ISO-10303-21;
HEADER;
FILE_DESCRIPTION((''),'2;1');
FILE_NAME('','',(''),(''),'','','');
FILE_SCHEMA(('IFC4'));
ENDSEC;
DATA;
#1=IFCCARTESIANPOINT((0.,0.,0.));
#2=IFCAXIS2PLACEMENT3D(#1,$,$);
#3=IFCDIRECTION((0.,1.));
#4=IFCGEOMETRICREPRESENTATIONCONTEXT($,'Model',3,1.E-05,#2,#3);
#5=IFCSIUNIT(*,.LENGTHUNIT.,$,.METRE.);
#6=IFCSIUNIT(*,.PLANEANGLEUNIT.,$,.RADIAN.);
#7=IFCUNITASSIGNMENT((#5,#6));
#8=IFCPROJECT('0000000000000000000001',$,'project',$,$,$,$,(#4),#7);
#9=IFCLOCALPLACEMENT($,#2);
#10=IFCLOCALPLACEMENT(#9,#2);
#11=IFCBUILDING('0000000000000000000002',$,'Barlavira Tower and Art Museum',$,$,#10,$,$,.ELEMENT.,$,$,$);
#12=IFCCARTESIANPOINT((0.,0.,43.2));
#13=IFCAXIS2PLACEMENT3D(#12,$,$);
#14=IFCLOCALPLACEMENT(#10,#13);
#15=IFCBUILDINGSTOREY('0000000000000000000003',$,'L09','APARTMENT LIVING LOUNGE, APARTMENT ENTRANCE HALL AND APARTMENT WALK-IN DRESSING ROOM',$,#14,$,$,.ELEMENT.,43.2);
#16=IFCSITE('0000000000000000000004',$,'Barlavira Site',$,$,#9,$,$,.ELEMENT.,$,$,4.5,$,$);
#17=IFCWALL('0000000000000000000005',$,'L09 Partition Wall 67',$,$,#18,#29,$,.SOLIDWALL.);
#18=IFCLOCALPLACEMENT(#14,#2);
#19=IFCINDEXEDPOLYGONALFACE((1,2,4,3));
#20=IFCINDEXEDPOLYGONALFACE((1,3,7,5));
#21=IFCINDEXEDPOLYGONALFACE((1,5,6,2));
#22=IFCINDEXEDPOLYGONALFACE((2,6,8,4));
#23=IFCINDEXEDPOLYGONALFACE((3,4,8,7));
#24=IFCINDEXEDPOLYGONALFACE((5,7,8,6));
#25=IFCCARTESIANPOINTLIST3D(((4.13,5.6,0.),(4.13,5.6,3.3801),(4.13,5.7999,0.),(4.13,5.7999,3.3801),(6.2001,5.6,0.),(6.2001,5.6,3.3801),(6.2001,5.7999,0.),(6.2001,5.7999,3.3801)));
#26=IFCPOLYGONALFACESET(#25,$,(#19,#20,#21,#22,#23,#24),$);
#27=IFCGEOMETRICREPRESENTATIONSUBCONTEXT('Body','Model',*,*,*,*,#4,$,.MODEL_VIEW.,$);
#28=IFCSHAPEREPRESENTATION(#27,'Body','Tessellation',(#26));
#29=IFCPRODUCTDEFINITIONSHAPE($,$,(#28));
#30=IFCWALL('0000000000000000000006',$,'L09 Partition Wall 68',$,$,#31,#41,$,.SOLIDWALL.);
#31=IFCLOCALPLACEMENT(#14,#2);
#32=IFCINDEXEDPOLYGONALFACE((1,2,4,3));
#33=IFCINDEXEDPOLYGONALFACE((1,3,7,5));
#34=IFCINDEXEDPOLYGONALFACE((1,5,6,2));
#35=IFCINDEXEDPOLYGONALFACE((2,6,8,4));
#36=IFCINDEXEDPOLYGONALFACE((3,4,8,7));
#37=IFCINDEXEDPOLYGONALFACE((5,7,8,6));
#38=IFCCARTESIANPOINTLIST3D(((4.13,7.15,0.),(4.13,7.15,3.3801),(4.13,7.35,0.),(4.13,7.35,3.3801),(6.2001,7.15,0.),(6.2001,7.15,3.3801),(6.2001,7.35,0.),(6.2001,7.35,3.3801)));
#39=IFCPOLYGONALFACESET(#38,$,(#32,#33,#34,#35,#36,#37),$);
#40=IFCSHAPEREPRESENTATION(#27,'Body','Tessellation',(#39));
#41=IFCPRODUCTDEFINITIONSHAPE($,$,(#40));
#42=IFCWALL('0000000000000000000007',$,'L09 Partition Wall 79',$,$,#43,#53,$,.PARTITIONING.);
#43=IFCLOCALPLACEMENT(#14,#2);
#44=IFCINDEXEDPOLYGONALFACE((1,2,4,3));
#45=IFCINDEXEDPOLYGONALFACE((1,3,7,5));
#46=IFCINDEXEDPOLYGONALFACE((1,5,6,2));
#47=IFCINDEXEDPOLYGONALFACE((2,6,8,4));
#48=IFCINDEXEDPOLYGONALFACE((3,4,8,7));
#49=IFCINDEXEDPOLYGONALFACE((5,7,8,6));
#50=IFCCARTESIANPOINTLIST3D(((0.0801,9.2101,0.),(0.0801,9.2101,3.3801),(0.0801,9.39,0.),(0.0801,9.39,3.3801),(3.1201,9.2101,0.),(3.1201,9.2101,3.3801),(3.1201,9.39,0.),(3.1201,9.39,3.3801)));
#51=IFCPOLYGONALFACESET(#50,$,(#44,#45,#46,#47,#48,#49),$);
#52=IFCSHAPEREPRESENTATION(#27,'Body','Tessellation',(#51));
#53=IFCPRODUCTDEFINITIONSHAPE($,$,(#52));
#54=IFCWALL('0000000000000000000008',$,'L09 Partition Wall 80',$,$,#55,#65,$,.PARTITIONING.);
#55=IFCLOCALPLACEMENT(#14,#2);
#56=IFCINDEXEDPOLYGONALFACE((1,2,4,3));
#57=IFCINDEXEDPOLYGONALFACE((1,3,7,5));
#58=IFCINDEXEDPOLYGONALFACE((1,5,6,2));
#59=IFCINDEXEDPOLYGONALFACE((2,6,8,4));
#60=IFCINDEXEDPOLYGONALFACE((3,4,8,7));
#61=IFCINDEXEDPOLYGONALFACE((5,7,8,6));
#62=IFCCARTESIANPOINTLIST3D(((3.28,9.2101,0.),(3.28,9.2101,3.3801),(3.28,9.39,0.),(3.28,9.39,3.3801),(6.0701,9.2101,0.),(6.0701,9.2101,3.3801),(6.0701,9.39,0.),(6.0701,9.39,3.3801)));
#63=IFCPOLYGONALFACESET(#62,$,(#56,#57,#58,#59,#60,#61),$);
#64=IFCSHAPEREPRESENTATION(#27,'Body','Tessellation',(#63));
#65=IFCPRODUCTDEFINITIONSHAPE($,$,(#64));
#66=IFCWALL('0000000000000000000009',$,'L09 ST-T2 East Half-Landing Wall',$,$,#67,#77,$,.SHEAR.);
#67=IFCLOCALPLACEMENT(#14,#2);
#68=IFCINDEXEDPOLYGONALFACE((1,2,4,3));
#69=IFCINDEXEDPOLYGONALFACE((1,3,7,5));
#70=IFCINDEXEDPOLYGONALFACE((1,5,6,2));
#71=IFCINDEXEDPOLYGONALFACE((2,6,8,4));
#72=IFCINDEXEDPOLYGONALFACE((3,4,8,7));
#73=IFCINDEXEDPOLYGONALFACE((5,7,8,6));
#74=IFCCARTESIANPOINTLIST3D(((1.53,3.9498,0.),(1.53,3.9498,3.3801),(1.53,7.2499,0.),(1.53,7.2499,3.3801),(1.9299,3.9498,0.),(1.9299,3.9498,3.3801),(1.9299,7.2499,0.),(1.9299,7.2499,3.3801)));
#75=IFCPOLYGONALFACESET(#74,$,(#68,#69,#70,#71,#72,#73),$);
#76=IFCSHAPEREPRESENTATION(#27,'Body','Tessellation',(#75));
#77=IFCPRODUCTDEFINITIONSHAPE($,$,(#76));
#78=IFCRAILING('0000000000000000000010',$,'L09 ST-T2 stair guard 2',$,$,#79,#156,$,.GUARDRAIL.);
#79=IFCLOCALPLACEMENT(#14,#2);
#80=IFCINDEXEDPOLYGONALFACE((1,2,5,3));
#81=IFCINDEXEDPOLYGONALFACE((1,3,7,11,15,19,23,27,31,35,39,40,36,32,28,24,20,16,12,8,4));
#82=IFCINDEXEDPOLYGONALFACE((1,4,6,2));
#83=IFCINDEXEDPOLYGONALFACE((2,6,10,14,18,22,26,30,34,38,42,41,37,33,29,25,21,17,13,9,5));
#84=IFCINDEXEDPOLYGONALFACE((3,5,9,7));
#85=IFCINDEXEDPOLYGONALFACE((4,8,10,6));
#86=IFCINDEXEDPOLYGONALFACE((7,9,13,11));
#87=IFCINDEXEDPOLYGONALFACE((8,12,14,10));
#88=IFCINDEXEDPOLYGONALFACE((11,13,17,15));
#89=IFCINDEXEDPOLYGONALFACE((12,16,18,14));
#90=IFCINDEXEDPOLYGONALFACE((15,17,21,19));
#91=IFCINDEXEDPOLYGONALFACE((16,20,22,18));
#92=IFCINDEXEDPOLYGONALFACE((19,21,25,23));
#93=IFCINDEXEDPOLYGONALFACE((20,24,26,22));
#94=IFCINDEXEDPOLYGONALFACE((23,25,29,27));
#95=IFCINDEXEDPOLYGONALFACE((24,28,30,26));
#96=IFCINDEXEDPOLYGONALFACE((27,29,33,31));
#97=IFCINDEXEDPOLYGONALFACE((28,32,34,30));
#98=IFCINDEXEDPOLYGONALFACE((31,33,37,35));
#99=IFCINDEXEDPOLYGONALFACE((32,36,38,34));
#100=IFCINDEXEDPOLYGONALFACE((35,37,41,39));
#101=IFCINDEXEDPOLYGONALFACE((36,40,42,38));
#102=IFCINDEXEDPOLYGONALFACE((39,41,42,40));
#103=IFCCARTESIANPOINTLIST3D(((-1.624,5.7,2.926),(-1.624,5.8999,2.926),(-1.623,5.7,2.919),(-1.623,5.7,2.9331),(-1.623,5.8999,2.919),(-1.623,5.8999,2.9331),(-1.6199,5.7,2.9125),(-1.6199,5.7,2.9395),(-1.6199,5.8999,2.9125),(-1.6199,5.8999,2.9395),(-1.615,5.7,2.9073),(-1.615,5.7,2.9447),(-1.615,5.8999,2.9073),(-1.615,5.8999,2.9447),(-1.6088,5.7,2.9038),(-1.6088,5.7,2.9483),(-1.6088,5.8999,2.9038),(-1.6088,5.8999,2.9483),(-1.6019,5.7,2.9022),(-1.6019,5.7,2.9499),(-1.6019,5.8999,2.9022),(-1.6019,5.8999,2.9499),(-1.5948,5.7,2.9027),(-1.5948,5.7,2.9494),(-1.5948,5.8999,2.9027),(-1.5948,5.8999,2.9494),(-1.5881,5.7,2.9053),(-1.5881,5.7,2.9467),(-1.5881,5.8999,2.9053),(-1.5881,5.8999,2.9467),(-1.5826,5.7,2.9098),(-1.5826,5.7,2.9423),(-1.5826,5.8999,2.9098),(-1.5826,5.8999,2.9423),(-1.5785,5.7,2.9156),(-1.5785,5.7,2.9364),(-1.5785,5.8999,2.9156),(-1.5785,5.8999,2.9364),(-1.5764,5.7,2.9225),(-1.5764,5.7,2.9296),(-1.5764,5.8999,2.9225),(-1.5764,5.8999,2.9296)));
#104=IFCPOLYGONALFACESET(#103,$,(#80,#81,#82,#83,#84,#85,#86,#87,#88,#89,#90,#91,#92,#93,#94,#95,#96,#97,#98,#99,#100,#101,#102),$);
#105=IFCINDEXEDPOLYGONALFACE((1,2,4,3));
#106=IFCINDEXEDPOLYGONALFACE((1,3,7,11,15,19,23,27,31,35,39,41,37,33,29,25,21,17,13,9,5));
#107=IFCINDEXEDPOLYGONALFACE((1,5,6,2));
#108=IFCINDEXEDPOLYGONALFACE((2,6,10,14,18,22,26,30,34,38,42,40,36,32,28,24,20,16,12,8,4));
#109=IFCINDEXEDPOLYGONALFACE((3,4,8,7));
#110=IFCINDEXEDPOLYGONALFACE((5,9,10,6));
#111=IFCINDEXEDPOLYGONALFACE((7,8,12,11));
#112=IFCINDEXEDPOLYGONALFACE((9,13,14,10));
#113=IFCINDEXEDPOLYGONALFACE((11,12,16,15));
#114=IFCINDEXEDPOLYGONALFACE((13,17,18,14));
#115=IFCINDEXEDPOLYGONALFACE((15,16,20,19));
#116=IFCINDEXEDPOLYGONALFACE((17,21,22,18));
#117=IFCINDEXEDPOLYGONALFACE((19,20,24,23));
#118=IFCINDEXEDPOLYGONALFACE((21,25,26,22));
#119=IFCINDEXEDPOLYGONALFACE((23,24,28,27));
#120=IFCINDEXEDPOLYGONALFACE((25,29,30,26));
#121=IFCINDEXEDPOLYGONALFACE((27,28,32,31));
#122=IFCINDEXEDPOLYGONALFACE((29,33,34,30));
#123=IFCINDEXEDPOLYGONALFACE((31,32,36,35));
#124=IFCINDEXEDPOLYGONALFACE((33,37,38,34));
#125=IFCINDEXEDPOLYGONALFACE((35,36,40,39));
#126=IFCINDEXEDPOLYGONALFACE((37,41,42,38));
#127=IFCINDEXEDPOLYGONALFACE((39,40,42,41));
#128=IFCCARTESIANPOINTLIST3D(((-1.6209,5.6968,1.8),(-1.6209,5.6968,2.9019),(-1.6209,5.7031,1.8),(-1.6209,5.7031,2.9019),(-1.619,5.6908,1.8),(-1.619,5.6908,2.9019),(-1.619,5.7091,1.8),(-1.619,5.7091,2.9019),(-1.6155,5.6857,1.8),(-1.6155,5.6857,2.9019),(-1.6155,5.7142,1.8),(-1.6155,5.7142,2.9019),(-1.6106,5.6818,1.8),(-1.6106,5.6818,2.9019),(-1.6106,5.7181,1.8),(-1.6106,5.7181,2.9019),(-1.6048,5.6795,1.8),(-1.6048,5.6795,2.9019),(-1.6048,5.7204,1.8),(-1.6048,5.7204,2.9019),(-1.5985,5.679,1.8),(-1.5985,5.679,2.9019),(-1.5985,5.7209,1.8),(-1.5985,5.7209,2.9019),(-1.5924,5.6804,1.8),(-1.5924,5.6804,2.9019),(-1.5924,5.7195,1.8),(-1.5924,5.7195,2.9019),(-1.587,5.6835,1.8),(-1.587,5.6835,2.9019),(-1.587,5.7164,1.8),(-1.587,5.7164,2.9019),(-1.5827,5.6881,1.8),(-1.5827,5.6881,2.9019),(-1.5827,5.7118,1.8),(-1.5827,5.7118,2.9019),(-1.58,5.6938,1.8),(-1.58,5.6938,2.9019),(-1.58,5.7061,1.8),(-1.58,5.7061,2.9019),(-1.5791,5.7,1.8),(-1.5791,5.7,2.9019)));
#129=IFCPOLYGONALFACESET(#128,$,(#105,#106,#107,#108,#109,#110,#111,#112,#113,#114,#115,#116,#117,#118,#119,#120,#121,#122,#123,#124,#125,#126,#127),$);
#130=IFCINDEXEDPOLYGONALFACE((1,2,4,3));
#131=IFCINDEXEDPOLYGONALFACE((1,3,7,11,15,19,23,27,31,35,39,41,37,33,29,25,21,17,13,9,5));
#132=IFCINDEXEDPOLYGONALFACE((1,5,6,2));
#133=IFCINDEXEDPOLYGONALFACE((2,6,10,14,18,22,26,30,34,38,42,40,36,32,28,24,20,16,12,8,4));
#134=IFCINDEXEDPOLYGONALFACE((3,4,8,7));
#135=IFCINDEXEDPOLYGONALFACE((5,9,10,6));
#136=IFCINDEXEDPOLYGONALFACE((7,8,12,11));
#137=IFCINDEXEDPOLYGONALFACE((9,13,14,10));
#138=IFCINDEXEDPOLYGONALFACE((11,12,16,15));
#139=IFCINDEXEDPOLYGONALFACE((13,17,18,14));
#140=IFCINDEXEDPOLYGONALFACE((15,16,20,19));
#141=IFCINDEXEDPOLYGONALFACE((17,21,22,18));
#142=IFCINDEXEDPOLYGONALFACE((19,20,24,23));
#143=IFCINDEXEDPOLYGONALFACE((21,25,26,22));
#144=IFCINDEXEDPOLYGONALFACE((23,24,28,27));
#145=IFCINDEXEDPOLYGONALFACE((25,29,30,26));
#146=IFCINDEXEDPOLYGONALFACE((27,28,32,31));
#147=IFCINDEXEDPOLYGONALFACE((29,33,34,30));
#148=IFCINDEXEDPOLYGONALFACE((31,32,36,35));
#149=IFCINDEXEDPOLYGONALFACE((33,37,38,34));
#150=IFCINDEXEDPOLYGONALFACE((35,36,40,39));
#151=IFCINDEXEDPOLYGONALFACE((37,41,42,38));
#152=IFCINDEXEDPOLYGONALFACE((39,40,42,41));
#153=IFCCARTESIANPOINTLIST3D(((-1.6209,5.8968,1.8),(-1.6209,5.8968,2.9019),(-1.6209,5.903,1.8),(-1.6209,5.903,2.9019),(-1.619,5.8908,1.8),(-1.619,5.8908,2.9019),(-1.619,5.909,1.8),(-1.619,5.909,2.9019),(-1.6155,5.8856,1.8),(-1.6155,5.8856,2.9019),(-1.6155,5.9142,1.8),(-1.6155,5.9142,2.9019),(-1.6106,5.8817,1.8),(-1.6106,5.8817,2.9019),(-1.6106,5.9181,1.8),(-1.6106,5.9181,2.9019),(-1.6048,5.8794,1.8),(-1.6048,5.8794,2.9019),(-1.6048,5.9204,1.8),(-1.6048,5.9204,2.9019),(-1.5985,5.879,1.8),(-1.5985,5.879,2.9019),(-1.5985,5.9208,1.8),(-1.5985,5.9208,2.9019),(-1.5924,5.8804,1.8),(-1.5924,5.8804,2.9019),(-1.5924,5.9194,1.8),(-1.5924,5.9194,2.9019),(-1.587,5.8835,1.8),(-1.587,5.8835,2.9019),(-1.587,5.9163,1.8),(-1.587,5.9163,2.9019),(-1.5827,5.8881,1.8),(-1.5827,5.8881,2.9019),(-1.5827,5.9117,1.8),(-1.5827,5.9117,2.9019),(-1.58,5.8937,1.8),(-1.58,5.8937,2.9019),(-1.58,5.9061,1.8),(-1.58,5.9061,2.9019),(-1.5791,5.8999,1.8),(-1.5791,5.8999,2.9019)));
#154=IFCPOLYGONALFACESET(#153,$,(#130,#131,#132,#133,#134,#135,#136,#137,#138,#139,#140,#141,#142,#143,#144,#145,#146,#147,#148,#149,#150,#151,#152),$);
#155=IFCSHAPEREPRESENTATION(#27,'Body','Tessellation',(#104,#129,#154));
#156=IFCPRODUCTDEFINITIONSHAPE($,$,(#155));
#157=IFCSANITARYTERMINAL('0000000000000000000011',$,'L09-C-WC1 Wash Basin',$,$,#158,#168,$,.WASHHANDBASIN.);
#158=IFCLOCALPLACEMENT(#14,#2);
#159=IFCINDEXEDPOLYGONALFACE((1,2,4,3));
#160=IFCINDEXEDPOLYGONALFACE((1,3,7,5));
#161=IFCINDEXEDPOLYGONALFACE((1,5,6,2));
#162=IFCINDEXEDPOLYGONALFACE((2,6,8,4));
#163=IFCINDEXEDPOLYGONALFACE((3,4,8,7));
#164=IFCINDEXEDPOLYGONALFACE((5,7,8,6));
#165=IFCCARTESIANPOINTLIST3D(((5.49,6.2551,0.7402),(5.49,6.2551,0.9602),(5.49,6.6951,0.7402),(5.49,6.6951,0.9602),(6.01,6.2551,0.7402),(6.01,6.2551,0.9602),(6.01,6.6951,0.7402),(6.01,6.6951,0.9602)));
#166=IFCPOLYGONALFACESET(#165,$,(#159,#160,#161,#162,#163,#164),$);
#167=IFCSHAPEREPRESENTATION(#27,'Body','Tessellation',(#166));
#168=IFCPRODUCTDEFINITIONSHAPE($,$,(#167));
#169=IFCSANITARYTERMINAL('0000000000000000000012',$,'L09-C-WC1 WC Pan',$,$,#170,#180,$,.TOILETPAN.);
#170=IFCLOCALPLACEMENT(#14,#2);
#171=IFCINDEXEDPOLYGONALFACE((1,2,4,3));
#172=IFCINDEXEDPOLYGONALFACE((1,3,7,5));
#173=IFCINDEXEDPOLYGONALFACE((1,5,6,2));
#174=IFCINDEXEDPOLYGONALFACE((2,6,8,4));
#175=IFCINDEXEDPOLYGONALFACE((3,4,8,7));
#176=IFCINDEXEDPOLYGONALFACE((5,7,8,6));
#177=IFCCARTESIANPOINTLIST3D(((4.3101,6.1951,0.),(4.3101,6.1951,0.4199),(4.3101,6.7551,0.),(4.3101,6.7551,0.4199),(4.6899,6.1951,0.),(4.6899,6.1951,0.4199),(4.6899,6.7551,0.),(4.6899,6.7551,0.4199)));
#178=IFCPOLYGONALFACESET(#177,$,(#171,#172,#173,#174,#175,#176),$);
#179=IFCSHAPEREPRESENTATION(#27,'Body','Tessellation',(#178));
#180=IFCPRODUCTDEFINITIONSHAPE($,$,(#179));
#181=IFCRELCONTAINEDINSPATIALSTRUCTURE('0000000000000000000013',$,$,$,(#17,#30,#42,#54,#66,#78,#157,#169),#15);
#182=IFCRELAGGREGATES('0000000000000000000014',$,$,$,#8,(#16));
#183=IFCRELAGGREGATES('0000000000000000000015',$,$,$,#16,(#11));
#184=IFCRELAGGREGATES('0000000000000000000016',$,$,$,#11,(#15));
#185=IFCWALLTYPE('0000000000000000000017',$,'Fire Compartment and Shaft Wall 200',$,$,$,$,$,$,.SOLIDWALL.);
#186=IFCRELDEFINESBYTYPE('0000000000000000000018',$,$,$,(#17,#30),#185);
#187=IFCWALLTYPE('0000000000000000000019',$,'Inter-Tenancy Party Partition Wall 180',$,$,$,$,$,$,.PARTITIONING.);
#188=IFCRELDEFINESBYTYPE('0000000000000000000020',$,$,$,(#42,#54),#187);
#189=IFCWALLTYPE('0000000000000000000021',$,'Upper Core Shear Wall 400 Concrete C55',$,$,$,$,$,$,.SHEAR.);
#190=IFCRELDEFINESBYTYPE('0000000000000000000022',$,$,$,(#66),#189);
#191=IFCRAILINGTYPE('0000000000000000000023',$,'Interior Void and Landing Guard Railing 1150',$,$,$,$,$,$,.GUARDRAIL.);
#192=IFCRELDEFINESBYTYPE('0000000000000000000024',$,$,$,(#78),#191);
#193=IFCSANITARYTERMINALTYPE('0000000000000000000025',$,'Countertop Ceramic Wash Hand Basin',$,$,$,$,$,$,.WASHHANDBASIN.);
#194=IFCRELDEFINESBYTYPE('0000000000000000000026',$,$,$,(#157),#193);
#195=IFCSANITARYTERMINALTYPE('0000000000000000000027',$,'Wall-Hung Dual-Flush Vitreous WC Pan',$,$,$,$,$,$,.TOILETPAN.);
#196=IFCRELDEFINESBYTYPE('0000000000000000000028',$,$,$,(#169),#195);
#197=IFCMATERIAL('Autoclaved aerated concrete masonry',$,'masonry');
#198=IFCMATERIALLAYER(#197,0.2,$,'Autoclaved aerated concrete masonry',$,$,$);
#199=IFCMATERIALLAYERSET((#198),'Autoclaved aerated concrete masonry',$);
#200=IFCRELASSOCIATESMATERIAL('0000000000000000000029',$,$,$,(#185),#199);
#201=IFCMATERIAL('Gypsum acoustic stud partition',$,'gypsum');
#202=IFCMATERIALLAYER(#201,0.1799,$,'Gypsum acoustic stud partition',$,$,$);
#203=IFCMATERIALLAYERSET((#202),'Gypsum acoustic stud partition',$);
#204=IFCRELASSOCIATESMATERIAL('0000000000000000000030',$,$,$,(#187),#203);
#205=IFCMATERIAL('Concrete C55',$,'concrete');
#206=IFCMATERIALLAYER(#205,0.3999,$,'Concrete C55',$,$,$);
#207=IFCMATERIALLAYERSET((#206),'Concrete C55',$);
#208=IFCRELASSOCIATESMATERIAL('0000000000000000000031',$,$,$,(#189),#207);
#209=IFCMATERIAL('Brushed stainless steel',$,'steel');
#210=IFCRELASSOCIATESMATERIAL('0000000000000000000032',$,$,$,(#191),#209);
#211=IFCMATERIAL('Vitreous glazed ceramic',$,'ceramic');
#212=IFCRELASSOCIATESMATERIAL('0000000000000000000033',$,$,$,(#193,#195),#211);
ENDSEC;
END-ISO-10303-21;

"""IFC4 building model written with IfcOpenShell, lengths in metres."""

from ifc_helpers import new_model, si_unit, direction, frame, frame_2d, origin, origin_2d, place, context, subcontext, project, spatial, rectangle, circle, extrude, material, layer, layer_set, type_object, element, save


model = new_model("IFC4")

# Units and contexts
model_context = context("Model", 3, precision=1e-05, world=origin(), true_north=direction((0.0, 1.0)))
body_context = subcontext(model_context, "Body", "Model", "MODEL_VIEW")
ifc_project = project(units=[si_unit("LENGTHUNIT", "METRE"), si_unit("PLANEANGLEUNIT", "RADIAN")], contexts=[model_context])

# Site, building, storey
site_placement = place(None, origin())
site = spatial("IfcSite", under=ifc_project, at=site_placement, Name="Barlavira Site", CompositionType="ELEMENT", RefElevation=4.5)
building_placement = place(site_placement, origin())
building = spatial("IfcBuilding", under=site, at=building_placement, Name="Barlavira Tower and Art Museum", CompositionType="ELEMENT")
storey_placement = place(building_placement, frame((0.0, 0.0, 43.2)))
storey = spatial("IfcBuildingStorey", under=building, at=storey_placement, Name="L09", Description="APARTMENT LIVING LOUNGE, APARTMENT ENTRANCE HALL AND APARTMENT WALK-IN DRESSING ROOM", CompositionType="ELEMENT", Elevation=43.2)

# Shared definitions
ifc_material_1 = material(Name="Gypsum acoustic stud partition", Category="gypsum")

# Shared definitions
ifc_material_2 = material(Name="Autoclaved aerated concrete masonry", Category="masonry")
ifc_layer_1 = layer(ifc_material_2, 0.2, Name="Autoclaved aerated concrete masonry")
ifc_layer_set_1 = layer_set([ifc_layer_1], Name="Autoclaved aerated concrete masonry")
wall_type_1 = type_object("IfcWallType", Name="Fire Compartment and Shaft Wall 200", PredefinedType="SOLIDWALL", material=ifc_layer_set_1)

# Shared definitions
ifc_material_3 = material(Name="Brushed stainless steel", Category="steel")

# Walls
for number, where, z_axis, x_axis, name in (
    (1, (4.1299, 5.7, 0.0), (0.0, 0.0, 1.0), (1.0, 0.0, 0.0), "L09 Partition Wall 67"),
    (2, (4.1299, 7.25, 0.0), (0.0, 0.0, 1.0), (1.0, 0.0, 0.0), "L09 Partition Wall 68"),
):
    element("IfcWall", number, at=place(storey_placement, frame(where, z_axis=z_axis, x_axis=x_axis)), inside=storey, type_object=wall_type_1, Name=name, PredefinedType="SOLIDWALL", context=body_context, shape_type="SweptSolid", body=[
        extrude(rectangle(XDim=2.0701, YDim=0.2, at=frame_2d((1.0352, 0.0))), origin(), (0.0, 0.0, 1.0), 3.3801),
    ])
ifc_layer_2 = layer(ifc_material_1, 0.1799, Name="Gypsum acoustic stud partition")
ifc_layer_set_2 = layer_set([ifc_layer_2], Name="Gypsum acoustic stud partition")
wall_type_2 = type_object("IfcWallType", Name="Inter-Tenancy Party Partition Wall 180", PredefinedType="PARTITIONING", material=ifc_layer_set_2)
wall_1_placement = place(storey_placement, frame((0.0801, 9.3, 0.0), z_axis=(0.0, 0.0, 1.0), x_axis=(1.0, 0.0, 0.0)))
element("IfcWall", 3, at=wall_1_placement, inside=storey, type_object=wall_type_2, Name="L09 Partition Wall 79", PredefinedType="PARTITIONING", context=body_context, shape_type="SweptSolid", body=[
    extrude(rectangle(XDim=3.04, YDim=0.1799, at=frame_2d((1.52, 0.0))), origin(), (0.0, 0.0, 1.0), 3.3801),
])
wall_2_placement = place(storey_placement, frame((3.28, 9.3, 0.0), z_axis=(0.0, 0.0, 1.0), x_axis=(1.0, 0.0, 0.0)))
element("IfcWall", 4, at=wall_2_placement, inside=storey, type_object=wall_type_2, Name="L09 Partition Wall 80", PredefinedType="PARTITIONING", context=body_context, shape_type="SweptSolid", body=[
    extrude(rectangle(XDim=2.79, YDim=0.1799, at=frame_2d((1.395, 0.0))), origin(), (0.0, 0.0, 1.0), 3.3801),
])
ifc_material_4 = material(Name="Concrete C55", Category="concrete")
ifc_layer_3 = layer(ifc_material_4, 0.3999, Name="Concrete C55")
ifc_layer_set_3 = layer_set([ifc_layer_3], Name="Concrete C55")
wall_type_3 = type_object("IfcWallType", Name="Upper Core Shear Wall 400 Concrete C55", PredefinedType="SHEAR", material=ifc_layer_set_3)
wall_3_placement = place(storey_placement, frame((1.73, 3.95, 0.0), z_axis=(0.0, 0.0, 1.0), x_axis=(0.0, 1.0, 0.0)))
element("IfcWall", 5, at=wall_3_placement, inside=storey, type_object=wall_type_3, Name="L09 ST-T2 East Half-Landing Wall", PredefinedType="SHEAR", context=body_context, shape_type="SweptSolid", body=[
    extrude(rectangle(XDim=3.3, YDim=0.3999, at=frame_2d((1.6499, 0.0))), origin(), (0.0, 0.0, 1.0), 3.3801),
])

# Railing
railing_type = type_object("IfcRailingType", Name="Interior Void and Landing Guard Railing 1150", PredefinedType="GUARDRAIL", material=ifc_material_3)
railing_placement = place(storey_placement, frame((-1.6001, 5.7, 1.8)))
element("IfcRailing", 6, at=railing_placement, inside=storey, type_object=railing_type, Name="L09 ST-T2 stair guard 2", PredefinedType="GUARDRAIL", context=body_context, shape_type="SweptSolid", body=[
    extrude(circle(Radius=0.0239, at=origin_2d()), frame((0.0, 0.0, 1.126), z_axis=(0.0, 1.0, 0.0), x_axis=(-1.0, 0.0, 0.0)), (0.0, 0.0, 1.0), 0.2),
    extrude(circle(Radius=0.021, at=origin_2d()), origin(), (0.0, 0.0, 1.0), 1.1018),
    extrude(circle(Radius=0.021, at=origin_2d()), frame((0.0, 0.2, 0.0)), (0.0, 0.0, 1.0), 1.1018),
])

# Sanitary terminals
ifc_material_5 = material(Name="Vitreous glazed ceramic", Category="ceramic")
sanitary_terminal_type_1 = type_object("IfcSanitaryTerminalType", Name="Countertop Ceramic Wash Hand Basin", PredefinedType="WASHHANDBASIN", material=ifc_material_5)
sanitary_terminal_1_placement = place(storey_placement, frame((5.75, 6.4751, 0.7402), z_axis=(0.0, 0.0, 1.0), x_axis=(1.0, 0.0, 0.0)))
element("IfcSanitaryTerminal", 7, at=sanitary_terminal_1_placement, inside=storey, type_object=sanitary_terminal_type_1, Name="L09-C-WC1 Wash Basin", PredefinedType="WASHHANDBASIN", context=body_context, shape_type="SweptSolid", body=[
    extrude(rectangle(XDim=0.52, YDim=0.4399, at=origin_2d()), origin(), (0.0, 0.0, 1.0), 0.22),
])
sanitary_terminal_type_2 = type_object("IfcSanitaryTerminalType", Name="Wall-Hung Dual-Flush Vitreous WC Pan", PredefinedType="TOILETPAN", material=ifc_material_5)
sanitary_terminal_2_placement = place(storey_placement, frame((4.5, 6.4751, 0.0), z_axis=(0.0, 0.0, 1.0), x_axis=(1.0, 0.0, 0.0)))
element("IfcSanitaryTerminal", 8, at=sanitary_terminal_2_placement, inside=storey, type_object=sanitary_terminal_type_2, Name="L09-C-WC1 WC Pan", PredefinedType="TOILETPAN", context=body_context, shape_type="SweptSolid", body=[
    extrude(rectangle(XDim=0.3799, YDim=0.5601, at=origin_2d()), origin(), (0.0, 0.0, 1.0), 0.4199),
])

save(model, "model.ifc")
